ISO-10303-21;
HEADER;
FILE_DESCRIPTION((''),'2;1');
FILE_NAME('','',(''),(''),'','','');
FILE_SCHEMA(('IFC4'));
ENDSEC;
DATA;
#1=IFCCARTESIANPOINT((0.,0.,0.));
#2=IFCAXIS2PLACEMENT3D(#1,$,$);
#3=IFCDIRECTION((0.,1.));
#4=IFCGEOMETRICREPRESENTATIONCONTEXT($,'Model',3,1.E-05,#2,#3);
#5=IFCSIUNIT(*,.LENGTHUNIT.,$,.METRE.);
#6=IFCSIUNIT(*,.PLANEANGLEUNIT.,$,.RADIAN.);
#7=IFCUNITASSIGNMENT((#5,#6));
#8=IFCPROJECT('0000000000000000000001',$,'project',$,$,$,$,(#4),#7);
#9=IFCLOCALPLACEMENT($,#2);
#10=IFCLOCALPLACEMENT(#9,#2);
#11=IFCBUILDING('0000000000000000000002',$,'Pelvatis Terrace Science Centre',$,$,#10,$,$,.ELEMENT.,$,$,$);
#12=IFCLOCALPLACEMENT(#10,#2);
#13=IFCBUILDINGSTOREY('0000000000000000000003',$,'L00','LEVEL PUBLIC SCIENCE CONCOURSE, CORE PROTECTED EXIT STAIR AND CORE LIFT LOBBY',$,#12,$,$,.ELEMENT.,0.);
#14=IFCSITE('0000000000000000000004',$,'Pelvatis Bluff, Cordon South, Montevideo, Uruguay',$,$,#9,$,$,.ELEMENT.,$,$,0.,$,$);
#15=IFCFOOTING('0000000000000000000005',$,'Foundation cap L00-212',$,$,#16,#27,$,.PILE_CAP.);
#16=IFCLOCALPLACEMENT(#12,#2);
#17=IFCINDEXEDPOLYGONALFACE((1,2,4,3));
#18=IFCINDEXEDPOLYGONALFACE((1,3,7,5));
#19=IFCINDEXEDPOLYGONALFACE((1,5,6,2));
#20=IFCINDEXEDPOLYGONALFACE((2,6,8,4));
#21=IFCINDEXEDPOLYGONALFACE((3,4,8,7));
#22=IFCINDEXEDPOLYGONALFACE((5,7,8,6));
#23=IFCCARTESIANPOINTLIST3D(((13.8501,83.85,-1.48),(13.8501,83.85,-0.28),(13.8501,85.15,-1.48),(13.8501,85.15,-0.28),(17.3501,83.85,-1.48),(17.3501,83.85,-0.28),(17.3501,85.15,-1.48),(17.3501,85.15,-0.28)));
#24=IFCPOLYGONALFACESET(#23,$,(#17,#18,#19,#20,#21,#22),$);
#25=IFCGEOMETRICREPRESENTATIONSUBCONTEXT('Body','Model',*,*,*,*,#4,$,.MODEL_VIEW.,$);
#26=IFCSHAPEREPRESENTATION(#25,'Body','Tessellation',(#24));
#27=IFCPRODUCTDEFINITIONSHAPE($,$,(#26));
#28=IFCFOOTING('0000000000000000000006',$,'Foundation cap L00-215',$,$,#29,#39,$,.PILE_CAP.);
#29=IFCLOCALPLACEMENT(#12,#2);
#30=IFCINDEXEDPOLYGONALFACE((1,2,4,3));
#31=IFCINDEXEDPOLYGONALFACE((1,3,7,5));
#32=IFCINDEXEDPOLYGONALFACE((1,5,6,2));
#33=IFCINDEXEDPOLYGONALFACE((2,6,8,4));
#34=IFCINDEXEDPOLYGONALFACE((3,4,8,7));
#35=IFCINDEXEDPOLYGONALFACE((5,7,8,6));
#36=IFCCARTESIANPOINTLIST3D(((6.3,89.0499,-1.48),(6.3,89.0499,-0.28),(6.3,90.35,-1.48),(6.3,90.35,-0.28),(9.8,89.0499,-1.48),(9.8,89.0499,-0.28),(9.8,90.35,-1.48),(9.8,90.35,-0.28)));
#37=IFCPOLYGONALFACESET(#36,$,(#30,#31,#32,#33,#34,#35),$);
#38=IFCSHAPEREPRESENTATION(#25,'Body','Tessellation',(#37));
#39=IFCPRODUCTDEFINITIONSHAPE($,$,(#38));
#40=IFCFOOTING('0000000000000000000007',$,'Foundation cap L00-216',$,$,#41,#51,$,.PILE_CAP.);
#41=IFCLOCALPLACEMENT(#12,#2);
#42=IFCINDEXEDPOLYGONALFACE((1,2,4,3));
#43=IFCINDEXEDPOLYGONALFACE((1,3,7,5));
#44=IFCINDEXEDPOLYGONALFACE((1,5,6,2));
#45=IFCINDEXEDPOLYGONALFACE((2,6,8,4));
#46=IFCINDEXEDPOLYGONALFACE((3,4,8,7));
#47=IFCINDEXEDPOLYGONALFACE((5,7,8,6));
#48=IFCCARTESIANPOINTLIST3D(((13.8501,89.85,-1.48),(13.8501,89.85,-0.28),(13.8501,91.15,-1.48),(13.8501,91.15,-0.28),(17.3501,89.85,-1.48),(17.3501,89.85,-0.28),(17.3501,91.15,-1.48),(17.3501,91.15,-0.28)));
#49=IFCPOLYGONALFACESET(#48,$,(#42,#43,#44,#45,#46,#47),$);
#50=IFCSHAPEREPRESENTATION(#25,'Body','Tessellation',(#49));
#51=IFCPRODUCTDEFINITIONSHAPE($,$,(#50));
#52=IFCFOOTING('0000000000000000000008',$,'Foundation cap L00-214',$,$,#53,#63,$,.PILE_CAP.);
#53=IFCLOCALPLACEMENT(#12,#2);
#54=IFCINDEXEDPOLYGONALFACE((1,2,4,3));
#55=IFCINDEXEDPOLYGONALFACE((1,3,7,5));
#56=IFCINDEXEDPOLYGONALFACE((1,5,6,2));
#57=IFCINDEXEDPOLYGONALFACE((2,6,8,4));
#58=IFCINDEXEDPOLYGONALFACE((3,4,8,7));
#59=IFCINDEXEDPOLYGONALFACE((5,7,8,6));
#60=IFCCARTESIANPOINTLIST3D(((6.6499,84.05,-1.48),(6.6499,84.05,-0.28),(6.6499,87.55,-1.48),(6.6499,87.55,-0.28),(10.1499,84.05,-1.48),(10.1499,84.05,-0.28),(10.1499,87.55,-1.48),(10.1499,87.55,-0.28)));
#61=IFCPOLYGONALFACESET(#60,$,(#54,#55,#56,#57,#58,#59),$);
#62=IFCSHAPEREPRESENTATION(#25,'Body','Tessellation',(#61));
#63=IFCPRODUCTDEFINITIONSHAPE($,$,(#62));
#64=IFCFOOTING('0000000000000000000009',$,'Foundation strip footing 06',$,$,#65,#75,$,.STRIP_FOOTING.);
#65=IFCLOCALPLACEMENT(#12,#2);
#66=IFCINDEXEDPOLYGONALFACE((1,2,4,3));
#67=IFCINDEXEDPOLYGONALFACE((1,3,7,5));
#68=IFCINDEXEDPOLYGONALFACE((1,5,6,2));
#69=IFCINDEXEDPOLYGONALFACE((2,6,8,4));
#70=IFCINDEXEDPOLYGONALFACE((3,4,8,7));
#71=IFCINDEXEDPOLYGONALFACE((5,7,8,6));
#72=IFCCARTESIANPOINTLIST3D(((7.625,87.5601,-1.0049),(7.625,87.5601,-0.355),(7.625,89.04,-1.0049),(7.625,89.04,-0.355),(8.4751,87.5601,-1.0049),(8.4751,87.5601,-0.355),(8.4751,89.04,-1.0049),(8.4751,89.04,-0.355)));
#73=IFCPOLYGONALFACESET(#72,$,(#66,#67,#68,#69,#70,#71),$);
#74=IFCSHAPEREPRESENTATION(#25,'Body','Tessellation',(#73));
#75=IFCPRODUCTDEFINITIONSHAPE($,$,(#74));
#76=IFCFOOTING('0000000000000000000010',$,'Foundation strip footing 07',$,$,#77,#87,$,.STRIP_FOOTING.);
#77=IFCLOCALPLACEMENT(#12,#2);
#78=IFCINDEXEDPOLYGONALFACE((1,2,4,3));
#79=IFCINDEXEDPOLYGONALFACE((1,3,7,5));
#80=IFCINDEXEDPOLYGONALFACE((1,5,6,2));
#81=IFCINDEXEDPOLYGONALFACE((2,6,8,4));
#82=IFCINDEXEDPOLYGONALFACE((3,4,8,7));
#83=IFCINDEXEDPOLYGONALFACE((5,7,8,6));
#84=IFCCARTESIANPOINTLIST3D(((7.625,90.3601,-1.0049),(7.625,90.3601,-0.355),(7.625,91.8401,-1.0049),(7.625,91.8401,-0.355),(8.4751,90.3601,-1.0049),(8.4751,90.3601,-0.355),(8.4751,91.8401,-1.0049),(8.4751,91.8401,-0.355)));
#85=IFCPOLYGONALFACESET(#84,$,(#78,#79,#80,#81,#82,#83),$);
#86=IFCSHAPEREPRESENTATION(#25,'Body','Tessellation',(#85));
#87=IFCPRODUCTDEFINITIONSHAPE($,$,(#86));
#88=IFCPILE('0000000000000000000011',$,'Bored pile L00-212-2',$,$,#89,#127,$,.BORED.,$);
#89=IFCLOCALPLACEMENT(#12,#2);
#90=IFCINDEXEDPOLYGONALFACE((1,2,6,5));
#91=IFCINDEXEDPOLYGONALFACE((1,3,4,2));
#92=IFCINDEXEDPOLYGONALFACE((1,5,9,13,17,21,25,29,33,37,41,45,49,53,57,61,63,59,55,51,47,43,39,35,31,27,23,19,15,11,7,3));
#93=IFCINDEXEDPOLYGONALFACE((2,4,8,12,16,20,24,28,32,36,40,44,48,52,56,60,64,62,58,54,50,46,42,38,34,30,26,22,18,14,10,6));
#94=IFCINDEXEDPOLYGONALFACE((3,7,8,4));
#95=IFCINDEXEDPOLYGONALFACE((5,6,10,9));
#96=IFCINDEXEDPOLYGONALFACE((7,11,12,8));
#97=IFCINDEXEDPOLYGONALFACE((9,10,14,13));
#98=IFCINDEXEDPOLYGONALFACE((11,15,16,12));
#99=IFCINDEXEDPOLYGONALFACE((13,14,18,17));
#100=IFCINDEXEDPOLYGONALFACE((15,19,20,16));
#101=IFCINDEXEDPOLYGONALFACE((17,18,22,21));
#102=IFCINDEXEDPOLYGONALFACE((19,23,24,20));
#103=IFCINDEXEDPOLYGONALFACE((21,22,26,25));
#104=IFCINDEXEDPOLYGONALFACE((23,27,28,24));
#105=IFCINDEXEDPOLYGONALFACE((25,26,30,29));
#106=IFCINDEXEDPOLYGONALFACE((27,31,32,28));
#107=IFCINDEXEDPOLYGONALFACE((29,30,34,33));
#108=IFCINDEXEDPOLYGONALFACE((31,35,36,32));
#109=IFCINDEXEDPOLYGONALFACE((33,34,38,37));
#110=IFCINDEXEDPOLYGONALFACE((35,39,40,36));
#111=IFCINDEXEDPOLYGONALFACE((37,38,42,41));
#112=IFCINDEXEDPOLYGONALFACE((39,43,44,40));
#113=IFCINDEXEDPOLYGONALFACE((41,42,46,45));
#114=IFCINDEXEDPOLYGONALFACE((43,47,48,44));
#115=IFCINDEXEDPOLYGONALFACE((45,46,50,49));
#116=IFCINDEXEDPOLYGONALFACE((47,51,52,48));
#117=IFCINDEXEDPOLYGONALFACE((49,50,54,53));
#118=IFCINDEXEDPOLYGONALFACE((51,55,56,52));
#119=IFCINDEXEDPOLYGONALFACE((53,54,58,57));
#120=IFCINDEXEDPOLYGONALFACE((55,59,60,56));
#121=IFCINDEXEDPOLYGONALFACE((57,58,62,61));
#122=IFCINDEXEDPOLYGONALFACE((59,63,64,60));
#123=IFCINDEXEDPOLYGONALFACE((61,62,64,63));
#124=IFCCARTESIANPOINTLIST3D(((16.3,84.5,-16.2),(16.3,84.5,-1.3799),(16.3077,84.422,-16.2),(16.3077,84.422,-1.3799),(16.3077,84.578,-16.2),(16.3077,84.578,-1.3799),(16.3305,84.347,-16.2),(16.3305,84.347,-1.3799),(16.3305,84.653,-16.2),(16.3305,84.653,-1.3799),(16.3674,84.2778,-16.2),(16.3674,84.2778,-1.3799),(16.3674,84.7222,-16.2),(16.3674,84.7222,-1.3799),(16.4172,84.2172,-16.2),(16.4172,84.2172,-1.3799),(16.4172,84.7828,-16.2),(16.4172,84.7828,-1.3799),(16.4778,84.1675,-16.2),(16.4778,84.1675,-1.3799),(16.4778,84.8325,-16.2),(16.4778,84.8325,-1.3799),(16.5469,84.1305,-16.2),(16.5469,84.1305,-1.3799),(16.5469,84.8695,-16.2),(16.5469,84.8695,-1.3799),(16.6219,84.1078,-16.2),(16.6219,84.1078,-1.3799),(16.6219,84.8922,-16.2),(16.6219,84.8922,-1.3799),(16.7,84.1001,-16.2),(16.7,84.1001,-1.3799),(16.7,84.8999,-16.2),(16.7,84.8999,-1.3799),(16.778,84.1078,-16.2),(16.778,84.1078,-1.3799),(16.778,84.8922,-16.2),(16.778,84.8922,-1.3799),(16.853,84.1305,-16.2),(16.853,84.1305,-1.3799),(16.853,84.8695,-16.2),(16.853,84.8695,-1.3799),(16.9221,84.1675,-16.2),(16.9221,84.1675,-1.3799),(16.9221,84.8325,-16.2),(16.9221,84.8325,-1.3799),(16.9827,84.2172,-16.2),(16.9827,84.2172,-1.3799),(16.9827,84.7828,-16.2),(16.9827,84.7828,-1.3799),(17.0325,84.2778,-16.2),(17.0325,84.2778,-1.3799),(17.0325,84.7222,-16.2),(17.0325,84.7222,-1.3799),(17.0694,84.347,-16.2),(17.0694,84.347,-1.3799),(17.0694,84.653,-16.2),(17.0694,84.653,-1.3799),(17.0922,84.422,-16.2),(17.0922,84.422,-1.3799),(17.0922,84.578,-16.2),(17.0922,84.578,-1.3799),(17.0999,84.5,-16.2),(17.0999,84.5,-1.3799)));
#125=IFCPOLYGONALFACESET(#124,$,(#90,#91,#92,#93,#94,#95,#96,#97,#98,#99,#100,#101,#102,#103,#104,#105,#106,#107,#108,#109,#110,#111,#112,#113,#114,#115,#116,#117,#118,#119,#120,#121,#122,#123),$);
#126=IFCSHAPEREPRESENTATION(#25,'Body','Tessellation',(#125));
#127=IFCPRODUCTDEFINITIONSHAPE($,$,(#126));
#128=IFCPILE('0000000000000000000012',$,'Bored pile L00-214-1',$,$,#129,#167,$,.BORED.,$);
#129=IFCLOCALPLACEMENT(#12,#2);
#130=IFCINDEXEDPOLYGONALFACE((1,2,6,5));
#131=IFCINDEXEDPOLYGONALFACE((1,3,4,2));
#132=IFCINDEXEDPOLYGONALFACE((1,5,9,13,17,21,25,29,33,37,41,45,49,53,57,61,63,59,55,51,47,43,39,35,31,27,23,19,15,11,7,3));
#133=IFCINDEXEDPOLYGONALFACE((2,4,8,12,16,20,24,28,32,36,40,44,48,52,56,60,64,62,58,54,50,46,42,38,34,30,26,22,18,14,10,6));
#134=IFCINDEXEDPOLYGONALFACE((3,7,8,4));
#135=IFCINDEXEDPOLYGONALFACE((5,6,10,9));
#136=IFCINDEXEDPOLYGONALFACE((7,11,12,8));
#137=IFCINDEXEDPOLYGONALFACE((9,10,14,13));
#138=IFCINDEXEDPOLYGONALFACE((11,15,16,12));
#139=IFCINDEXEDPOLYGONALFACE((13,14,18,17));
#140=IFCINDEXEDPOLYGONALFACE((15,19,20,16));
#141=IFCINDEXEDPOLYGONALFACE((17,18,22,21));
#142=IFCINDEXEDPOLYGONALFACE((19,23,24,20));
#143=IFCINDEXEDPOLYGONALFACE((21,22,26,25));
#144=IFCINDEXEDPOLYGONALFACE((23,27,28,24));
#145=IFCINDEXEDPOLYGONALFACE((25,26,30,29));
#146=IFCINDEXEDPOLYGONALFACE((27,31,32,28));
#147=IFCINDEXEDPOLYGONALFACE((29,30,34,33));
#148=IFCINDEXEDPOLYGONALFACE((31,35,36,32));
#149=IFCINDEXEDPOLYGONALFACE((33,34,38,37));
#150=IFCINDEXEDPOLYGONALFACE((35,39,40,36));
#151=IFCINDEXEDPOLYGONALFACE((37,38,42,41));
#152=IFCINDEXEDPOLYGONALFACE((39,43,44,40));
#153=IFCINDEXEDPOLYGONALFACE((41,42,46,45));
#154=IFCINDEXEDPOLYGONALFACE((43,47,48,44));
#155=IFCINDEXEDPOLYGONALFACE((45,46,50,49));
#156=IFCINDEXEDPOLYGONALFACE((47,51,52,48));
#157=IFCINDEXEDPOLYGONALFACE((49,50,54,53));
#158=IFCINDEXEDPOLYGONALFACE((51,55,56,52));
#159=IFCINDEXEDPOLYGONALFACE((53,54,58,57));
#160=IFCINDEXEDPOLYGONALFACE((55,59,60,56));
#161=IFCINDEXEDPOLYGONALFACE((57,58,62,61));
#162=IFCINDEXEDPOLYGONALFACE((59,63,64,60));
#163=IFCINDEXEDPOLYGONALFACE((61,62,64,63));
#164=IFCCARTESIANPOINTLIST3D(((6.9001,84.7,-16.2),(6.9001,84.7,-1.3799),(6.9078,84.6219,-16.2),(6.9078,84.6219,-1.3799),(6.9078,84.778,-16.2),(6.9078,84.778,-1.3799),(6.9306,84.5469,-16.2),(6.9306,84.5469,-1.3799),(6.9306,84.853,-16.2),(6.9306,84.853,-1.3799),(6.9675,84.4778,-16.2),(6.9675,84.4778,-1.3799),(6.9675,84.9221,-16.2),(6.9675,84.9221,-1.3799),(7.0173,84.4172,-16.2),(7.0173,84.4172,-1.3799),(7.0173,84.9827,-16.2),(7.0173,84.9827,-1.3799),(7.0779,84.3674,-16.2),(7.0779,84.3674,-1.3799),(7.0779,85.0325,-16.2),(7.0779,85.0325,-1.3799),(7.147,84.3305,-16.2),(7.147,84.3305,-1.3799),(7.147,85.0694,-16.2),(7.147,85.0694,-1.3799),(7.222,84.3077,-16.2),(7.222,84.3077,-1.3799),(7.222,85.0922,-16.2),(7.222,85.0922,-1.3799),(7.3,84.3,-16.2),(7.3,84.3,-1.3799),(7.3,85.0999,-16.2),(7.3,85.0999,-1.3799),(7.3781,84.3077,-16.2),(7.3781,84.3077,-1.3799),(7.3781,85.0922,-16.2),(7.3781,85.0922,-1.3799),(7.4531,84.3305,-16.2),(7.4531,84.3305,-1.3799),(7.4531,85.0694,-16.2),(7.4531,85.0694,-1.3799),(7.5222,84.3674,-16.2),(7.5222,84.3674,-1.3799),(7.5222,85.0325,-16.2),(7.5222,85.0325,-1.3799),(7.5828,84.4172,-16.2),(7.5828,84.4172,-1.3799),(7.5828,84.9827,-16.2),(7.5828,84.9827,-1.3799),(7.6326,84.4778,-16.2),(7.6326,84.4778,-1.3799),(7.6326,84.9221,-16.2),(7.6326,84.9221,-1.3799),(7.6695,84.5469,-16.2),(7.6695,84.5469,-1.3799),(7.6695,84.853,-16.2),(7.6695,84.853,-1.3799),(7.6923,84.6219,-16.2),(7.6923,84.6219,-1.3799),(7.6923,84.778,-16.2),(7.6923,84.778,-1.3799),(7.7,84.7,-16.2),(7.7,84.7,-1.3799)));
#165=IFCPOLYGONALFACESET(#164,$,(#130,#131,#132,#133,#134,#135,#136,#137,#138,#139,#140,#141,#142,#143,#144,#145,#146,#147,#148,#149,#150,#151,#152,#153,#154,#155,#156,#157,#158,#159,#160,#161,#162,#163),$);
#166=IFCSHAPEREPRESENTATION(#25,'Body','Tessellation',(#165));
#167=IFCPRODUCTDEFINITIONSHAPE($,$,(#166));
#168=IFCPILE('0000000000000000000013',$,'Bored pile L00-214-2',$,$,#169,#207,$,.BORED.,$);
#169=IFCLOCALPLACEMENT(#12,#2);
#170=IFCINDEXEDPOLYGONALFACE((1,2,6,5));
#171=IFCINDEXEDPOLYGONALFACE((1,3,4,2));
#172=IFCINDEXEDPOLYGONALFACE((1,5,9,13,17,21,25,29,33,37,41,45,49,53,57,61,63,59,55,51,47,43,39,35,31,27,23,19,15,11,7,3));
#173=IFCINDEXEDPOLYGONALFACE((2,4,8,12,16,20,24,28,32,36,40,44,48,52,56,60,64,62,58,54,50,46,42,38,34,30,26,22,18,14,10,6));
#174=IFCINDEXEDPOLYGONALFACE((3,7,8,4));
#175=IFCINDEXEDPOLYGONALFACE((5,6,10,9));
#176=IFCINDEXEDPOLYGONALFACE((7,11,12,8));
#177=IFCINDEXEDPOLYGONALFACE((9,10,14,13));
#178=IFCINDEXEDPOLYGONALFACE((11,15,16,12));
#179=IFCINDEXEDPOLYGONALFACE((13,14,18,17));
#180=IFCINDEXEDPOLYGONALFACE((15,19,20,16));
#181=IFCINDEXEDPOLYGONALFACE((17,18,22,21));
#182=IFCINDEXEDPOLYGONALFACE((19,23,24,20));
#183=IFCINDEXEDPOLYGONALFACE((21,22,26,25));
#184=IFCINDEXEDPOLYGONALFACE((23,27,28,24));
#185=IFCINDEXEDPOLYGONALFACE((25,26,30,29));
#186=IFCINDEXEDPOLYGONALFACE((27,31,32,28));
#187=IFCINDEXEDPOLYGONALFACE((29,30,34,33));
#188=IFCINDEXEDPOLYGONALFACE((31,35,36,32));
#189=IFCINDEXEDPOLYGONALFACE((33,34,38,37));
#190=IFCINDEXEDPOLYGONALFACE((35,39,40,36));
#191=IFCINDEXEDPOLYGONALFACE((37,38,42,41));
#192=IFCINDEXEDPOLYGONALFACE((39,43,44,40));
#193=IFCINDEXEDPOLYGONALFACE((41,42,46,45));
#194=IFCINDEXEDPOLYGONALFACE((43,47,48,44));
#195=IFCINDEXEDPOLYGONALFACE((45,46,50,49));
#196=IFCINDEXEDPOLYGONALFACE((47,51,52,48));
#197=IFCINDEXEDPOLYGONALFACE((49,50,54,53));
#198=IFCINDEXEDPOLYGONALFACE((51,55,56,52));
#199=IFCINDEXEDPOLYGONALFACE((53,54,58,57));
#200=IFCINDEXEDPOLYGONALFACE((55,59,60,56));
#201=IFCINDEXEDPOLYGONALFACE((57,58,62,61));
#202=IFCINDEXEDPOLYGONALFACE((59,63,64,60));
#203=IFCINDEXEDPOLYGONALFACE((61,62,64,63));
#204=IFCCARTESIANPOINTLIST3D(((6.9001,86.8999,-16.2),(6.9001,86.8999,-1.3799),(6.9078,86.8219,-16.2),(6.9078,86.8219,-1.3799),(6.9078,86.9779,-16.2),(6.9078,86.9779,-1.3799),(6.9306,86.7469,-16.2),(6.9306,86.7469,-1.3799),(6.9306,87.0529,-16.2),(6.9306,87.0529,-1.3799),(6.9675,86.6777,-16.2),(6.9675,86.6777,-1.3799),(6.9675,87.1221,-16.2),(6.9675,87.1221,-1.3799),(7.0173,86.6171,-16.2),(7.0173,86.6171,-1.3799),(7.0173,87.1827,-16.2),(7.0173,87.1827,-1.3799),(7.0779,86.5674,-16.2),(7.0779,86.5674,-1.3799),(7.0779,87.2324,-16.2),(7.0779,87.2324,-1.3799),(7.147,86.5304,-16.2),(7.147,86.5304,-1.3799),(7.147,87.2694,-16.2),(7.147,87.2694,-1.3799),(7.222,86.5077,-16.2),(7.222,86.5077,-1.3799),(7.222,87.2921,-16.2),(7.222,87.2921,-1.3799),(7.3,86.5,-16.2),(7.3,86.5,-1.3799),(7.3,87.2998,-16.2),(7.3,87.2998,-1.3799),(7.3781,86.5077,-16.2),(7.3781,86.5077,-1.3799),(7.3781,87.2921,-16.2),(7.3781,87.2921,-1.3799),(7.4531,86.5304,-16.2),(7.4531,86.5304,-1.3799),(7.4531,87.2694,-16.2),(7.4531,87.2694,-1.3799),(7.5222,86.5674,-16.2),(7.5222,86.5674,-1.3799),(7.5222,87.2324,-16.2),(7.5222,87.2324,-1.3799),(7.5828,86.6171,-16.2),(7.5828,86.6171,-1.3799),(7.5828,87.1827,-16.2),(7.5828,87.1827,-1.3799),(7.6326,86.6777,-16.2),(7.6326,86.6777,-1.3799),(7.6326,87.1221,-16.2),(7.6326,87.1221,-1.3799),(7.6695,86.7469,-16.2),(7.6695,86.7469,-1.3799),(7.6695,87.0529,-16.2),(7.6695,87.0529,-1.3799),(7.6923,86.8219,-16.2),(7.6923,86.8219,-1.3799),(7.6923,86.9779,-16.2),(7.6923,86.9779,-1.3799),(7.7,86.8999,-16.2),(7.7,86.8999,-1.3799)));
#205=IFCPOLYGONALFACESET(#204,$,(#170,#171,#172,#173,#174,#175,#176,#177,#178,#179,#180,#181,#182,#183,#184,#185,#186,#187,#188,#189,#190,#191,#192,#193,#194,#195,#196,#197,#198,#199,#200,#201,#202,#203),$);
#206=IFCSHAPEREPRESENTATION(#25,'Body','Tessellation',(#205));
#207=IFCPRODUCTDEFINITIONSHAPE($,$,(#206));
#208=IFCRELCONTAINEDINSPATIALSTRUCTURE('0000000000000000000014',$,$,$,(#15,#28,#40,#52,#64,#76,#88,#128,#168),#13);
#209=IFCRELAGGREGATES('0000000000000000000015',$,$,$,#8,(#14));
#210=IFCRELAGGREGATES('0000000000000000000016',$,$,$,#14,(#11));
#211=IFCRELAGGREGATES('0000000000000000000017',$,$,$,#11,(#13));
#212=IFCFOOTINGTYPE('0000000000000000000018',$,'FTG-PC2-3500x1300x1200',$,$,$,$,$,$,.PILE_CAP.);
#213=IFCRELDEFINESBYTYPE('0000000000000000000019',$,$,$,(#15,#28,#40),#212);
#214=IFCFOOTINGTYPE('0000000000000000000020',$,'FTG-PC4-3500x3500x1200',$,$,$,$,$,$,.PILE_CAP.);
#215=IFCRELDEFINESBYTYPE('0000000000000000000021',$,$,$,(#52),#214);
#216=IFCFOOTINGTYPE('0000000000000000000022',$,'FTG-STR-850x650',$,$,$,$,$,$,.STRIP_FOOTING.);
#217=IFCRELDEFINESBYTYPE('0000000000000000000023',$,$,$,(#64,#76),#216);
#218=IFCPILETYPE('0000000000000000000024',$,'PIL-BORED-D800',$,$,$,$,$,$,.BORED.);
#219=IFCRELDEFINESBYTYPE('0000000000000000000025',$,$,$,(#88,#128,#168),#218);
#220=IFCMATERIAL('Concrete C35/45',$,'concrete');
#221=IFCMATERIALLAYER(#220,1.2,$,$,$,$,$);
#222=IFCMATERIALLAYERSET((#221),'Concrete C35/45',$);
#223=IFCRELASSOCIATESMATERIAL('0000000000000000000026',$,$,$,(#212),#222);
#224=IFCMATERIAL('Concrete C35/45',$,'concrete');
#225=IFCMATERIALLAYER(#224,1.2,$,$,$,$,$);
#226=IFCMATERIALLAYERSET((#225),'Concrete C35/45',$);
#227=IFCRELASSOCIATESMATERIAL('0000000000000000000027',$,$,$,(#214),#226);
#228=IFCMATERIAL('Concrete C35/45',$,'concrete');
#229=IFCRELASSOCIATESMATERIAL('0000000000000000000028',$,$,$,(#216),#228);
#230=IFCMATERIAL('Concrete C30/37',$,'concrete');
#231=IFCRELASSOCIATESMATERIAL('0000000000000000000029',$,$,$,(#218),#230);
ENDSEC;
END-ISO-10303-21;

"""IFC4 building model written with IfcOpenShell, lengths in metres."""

from ifc_helpers import new_model, si_unit, direction, frame, origin, origin_2d, place, context, subcontext, project, spatial, rectangle, circle, extrude, material, layer, layer_set, material_profile, profile_set, type_object, element, save


model = new_model("IFC4")

# Units and contexts
model_context = context("Model", 3, precision=1e-05, world=origin(), true_north=direction((0.0, 1.0)))
body_context = subcontext(model_context, "Body", "Model", "MODEL_VIEW")
ifc_project = project(units=[si_unit("LENGTHUNIT", "METRE"), si_unit("PLANEANGLEUNIT", "RADIAN")], contexts=[model_context])

# Site, building, storey
site_placement = place(None, origin())
site = spatial("IfcSite", under=ifc_project, at=site_placement, Name="Pelvatis Bluff, Cordon South, Montevideo, Uruguay", CompositionType="ELEMENT", RefElevation=0.0)
building_placement = place(site_placement, origin())
building = spatial("IfcBuilding", under=site, at=building_placement, Name="Pelvatis Terrace Science Centre", CompositionType="ELEMENT")
storey_placement = place(building_placement, origin())
storey = spatial("IfcBuildingStorey", under=building, at=storey_placement, Name="L00", Description="LEVEL PUBLIC SCIENCE CONCOURSE, CORE PROTECTED EXIT STAIR AND CORE LIFT LOBBY", CompositionType="ELEMENT", Elevation=0.0)

# Footings
ifc_material_1 = material(Name="Concrete C35/45", Category="concrete")
ifc_layer_1 = layer(ifc_material_1, 1.2)
ifc_layer_set_1 = layer_set([ifc_layer_1], Name="Concrete C35/45")
footing_type_1 = type_object("IfcFootingType", Name="FTG-PC2-3500x1300x1200", PredefinedType="PILE_CAP", material=ifc_layer_set_1)
for number, where, z_axis, x_axis, name in (
    (1, (15.6001, 84.5, -1.48), (0.0, 0.0, 1.0), (1.0, 0.0, 0.0), "Foundation cap L00-212"),
    (2, (8.05, 89.7, -1.48), (0.0, 0.0, 1.0), (1.0, 0.0, 0.0), "Foundation cap L00-215"),
    (3, (15.6001, 90.5, -1.48), (0.0, 0.0, 1.0), (1.0, 0.0, 0.0), "Foundation cap L00-216"),
):
    element("IfcFooting", number, at=place(storey_placement, frame(where, z_axis=z_axis, x_axis=x_axis)), inside=storey, type_object=footing_type_1, Name=name, PredefinedType="PILE_CAP", context=body_context, shape_type="SweptSolid", body=[
        extrude(rectangle(XDim=3.5, YDim=1.3, at=origin_2d()), origin(), (0.0, 0.0, 1.0), 1.2),
    ])
ifc_material_2 = material(Name="Concrete C35/45", Category="concrete")
ifc_layer_2 = layer(ifc_material_2, 1.2)
ifc_layer_set_2 = layer_set([ifc_layer_2], Name="Concrete C35/45")
footing_type_2 = type_object("IfcFootingType", Name="FTG-PC4-3500x3500x1200", PredefinedType="PILE_CAP", material=ifc_layer_set_2)
footing_placement = place(storey_placement, frame((8.3999, 85.8, -1.48), z_axis=(0.0, 0.0, 1.0), x_axis=(1.0, 0.0, 0.0)))
element("IfcFooting", 4, at=footing_placement, inside=storey, type_object=footing_type_2, Name="Foundation cap L00-214", PredefinedType="PILE_CAP", context=body_context, shape_type="SweptSolid", body=[
    extrude(rectangle(XDim=3.5, YDim=3.5, at=origin_2d()), origin(), (0.0, 0.0, 1.0), 1.2),
])
ifc_material_3 = material(Name="Concrete C35/45", Category="concrete")
ifc_material_profile_1 = material_profile(ifc_material_3, rectangle(XDim=0.8501, YDim=0.6499, at=origin_2d()), Name="RC-STR 850x650")
ifc_profile_set_1 = profile_set([ifc_material_profile_1], Name="Concrete C35/45")
footing_type_3 = type_object("IfcFootingType", Name="FTG-STR-850x650", PredefinedType="STRIP_FOOTING", material=ifc_profile_set_1)
for number, where, z_axis, x_axis, name in (
    (5, (8.05, 87.5601, -0.6799), (0.0, 1.0, 0.0), (-1.0, 0.0, 0.0), "Foundation strip footing 06"),
    (6, (8.05, 90.3601, -0.6799), (0.0, 1.0, 0.0), (-1.0, 0.0, 0.0), "Foundation strip footing 07"),
):
    element("IfcFooting", number, at=place(storey_placement, frame(where, z_axis=z_axis, x_axis=x_axis)), inside=storey, type_object=footing_type_3, Name=name, PredefinedType="STRIP_FOOTING", context=body_context, shape_type="SweptSolid", body=[
        extrude(rectangle(XDim=0.8501, YDim=0.6499, at=origin_2d()), origin(), (0.0, 0.0, 1.0), 1.48),
    ])

# Piles
ifc_material_4 = material(Name="Concrete C30/37", Category="concrete")
ifc_material_profile_2 = material_profile(ifc_material_4, circle(Radius=0.3999, at=origin_2d()), Name="PILE D800")
ifc_profile_set_2 = profile_set([ifc_material_profile_2], Name="Concrete C30/37")
pile_type = type_object("IfcPileType", Name="PIL-BORED-D800", PredefinedType="BORED", material=ifc_profile_set_2)
for number, where, z_axis, x_axis, name in (
    (7, (16.7, 84.5, -1.3799), (0.0, 0.0, -1.0), (1.0, 0.0, 0.0), "Bored pile L00-212-2"),
    (8, (7.3, 84.7, -1.3799), (0.0, 0.0, -1.0), (1.0, 0.0, 0.0), "Bored pile L00-214-1"),
    (9, (7.3, 86.8999, -1.3799), (0.0, 0.0, -1.0), (1.0, 0.0, 0.0), "Bored pile L00-214-2"),
):
    element("IfcPile", number, at=place(storey_placement, frame(where, z_axis=z_axis, x_axis=x_axis)), inside=storey, type_object=pile_type, Name=name, PredefinedType="BORED", context=body_context, shape_type="SweptSolid", body=[
        extrude(circle(Radius=0.3999, at=origin_2d()), origin(), (0.0, 0.0, 1.0), 14.8201),
    ])

save(model, "model.ifc")
